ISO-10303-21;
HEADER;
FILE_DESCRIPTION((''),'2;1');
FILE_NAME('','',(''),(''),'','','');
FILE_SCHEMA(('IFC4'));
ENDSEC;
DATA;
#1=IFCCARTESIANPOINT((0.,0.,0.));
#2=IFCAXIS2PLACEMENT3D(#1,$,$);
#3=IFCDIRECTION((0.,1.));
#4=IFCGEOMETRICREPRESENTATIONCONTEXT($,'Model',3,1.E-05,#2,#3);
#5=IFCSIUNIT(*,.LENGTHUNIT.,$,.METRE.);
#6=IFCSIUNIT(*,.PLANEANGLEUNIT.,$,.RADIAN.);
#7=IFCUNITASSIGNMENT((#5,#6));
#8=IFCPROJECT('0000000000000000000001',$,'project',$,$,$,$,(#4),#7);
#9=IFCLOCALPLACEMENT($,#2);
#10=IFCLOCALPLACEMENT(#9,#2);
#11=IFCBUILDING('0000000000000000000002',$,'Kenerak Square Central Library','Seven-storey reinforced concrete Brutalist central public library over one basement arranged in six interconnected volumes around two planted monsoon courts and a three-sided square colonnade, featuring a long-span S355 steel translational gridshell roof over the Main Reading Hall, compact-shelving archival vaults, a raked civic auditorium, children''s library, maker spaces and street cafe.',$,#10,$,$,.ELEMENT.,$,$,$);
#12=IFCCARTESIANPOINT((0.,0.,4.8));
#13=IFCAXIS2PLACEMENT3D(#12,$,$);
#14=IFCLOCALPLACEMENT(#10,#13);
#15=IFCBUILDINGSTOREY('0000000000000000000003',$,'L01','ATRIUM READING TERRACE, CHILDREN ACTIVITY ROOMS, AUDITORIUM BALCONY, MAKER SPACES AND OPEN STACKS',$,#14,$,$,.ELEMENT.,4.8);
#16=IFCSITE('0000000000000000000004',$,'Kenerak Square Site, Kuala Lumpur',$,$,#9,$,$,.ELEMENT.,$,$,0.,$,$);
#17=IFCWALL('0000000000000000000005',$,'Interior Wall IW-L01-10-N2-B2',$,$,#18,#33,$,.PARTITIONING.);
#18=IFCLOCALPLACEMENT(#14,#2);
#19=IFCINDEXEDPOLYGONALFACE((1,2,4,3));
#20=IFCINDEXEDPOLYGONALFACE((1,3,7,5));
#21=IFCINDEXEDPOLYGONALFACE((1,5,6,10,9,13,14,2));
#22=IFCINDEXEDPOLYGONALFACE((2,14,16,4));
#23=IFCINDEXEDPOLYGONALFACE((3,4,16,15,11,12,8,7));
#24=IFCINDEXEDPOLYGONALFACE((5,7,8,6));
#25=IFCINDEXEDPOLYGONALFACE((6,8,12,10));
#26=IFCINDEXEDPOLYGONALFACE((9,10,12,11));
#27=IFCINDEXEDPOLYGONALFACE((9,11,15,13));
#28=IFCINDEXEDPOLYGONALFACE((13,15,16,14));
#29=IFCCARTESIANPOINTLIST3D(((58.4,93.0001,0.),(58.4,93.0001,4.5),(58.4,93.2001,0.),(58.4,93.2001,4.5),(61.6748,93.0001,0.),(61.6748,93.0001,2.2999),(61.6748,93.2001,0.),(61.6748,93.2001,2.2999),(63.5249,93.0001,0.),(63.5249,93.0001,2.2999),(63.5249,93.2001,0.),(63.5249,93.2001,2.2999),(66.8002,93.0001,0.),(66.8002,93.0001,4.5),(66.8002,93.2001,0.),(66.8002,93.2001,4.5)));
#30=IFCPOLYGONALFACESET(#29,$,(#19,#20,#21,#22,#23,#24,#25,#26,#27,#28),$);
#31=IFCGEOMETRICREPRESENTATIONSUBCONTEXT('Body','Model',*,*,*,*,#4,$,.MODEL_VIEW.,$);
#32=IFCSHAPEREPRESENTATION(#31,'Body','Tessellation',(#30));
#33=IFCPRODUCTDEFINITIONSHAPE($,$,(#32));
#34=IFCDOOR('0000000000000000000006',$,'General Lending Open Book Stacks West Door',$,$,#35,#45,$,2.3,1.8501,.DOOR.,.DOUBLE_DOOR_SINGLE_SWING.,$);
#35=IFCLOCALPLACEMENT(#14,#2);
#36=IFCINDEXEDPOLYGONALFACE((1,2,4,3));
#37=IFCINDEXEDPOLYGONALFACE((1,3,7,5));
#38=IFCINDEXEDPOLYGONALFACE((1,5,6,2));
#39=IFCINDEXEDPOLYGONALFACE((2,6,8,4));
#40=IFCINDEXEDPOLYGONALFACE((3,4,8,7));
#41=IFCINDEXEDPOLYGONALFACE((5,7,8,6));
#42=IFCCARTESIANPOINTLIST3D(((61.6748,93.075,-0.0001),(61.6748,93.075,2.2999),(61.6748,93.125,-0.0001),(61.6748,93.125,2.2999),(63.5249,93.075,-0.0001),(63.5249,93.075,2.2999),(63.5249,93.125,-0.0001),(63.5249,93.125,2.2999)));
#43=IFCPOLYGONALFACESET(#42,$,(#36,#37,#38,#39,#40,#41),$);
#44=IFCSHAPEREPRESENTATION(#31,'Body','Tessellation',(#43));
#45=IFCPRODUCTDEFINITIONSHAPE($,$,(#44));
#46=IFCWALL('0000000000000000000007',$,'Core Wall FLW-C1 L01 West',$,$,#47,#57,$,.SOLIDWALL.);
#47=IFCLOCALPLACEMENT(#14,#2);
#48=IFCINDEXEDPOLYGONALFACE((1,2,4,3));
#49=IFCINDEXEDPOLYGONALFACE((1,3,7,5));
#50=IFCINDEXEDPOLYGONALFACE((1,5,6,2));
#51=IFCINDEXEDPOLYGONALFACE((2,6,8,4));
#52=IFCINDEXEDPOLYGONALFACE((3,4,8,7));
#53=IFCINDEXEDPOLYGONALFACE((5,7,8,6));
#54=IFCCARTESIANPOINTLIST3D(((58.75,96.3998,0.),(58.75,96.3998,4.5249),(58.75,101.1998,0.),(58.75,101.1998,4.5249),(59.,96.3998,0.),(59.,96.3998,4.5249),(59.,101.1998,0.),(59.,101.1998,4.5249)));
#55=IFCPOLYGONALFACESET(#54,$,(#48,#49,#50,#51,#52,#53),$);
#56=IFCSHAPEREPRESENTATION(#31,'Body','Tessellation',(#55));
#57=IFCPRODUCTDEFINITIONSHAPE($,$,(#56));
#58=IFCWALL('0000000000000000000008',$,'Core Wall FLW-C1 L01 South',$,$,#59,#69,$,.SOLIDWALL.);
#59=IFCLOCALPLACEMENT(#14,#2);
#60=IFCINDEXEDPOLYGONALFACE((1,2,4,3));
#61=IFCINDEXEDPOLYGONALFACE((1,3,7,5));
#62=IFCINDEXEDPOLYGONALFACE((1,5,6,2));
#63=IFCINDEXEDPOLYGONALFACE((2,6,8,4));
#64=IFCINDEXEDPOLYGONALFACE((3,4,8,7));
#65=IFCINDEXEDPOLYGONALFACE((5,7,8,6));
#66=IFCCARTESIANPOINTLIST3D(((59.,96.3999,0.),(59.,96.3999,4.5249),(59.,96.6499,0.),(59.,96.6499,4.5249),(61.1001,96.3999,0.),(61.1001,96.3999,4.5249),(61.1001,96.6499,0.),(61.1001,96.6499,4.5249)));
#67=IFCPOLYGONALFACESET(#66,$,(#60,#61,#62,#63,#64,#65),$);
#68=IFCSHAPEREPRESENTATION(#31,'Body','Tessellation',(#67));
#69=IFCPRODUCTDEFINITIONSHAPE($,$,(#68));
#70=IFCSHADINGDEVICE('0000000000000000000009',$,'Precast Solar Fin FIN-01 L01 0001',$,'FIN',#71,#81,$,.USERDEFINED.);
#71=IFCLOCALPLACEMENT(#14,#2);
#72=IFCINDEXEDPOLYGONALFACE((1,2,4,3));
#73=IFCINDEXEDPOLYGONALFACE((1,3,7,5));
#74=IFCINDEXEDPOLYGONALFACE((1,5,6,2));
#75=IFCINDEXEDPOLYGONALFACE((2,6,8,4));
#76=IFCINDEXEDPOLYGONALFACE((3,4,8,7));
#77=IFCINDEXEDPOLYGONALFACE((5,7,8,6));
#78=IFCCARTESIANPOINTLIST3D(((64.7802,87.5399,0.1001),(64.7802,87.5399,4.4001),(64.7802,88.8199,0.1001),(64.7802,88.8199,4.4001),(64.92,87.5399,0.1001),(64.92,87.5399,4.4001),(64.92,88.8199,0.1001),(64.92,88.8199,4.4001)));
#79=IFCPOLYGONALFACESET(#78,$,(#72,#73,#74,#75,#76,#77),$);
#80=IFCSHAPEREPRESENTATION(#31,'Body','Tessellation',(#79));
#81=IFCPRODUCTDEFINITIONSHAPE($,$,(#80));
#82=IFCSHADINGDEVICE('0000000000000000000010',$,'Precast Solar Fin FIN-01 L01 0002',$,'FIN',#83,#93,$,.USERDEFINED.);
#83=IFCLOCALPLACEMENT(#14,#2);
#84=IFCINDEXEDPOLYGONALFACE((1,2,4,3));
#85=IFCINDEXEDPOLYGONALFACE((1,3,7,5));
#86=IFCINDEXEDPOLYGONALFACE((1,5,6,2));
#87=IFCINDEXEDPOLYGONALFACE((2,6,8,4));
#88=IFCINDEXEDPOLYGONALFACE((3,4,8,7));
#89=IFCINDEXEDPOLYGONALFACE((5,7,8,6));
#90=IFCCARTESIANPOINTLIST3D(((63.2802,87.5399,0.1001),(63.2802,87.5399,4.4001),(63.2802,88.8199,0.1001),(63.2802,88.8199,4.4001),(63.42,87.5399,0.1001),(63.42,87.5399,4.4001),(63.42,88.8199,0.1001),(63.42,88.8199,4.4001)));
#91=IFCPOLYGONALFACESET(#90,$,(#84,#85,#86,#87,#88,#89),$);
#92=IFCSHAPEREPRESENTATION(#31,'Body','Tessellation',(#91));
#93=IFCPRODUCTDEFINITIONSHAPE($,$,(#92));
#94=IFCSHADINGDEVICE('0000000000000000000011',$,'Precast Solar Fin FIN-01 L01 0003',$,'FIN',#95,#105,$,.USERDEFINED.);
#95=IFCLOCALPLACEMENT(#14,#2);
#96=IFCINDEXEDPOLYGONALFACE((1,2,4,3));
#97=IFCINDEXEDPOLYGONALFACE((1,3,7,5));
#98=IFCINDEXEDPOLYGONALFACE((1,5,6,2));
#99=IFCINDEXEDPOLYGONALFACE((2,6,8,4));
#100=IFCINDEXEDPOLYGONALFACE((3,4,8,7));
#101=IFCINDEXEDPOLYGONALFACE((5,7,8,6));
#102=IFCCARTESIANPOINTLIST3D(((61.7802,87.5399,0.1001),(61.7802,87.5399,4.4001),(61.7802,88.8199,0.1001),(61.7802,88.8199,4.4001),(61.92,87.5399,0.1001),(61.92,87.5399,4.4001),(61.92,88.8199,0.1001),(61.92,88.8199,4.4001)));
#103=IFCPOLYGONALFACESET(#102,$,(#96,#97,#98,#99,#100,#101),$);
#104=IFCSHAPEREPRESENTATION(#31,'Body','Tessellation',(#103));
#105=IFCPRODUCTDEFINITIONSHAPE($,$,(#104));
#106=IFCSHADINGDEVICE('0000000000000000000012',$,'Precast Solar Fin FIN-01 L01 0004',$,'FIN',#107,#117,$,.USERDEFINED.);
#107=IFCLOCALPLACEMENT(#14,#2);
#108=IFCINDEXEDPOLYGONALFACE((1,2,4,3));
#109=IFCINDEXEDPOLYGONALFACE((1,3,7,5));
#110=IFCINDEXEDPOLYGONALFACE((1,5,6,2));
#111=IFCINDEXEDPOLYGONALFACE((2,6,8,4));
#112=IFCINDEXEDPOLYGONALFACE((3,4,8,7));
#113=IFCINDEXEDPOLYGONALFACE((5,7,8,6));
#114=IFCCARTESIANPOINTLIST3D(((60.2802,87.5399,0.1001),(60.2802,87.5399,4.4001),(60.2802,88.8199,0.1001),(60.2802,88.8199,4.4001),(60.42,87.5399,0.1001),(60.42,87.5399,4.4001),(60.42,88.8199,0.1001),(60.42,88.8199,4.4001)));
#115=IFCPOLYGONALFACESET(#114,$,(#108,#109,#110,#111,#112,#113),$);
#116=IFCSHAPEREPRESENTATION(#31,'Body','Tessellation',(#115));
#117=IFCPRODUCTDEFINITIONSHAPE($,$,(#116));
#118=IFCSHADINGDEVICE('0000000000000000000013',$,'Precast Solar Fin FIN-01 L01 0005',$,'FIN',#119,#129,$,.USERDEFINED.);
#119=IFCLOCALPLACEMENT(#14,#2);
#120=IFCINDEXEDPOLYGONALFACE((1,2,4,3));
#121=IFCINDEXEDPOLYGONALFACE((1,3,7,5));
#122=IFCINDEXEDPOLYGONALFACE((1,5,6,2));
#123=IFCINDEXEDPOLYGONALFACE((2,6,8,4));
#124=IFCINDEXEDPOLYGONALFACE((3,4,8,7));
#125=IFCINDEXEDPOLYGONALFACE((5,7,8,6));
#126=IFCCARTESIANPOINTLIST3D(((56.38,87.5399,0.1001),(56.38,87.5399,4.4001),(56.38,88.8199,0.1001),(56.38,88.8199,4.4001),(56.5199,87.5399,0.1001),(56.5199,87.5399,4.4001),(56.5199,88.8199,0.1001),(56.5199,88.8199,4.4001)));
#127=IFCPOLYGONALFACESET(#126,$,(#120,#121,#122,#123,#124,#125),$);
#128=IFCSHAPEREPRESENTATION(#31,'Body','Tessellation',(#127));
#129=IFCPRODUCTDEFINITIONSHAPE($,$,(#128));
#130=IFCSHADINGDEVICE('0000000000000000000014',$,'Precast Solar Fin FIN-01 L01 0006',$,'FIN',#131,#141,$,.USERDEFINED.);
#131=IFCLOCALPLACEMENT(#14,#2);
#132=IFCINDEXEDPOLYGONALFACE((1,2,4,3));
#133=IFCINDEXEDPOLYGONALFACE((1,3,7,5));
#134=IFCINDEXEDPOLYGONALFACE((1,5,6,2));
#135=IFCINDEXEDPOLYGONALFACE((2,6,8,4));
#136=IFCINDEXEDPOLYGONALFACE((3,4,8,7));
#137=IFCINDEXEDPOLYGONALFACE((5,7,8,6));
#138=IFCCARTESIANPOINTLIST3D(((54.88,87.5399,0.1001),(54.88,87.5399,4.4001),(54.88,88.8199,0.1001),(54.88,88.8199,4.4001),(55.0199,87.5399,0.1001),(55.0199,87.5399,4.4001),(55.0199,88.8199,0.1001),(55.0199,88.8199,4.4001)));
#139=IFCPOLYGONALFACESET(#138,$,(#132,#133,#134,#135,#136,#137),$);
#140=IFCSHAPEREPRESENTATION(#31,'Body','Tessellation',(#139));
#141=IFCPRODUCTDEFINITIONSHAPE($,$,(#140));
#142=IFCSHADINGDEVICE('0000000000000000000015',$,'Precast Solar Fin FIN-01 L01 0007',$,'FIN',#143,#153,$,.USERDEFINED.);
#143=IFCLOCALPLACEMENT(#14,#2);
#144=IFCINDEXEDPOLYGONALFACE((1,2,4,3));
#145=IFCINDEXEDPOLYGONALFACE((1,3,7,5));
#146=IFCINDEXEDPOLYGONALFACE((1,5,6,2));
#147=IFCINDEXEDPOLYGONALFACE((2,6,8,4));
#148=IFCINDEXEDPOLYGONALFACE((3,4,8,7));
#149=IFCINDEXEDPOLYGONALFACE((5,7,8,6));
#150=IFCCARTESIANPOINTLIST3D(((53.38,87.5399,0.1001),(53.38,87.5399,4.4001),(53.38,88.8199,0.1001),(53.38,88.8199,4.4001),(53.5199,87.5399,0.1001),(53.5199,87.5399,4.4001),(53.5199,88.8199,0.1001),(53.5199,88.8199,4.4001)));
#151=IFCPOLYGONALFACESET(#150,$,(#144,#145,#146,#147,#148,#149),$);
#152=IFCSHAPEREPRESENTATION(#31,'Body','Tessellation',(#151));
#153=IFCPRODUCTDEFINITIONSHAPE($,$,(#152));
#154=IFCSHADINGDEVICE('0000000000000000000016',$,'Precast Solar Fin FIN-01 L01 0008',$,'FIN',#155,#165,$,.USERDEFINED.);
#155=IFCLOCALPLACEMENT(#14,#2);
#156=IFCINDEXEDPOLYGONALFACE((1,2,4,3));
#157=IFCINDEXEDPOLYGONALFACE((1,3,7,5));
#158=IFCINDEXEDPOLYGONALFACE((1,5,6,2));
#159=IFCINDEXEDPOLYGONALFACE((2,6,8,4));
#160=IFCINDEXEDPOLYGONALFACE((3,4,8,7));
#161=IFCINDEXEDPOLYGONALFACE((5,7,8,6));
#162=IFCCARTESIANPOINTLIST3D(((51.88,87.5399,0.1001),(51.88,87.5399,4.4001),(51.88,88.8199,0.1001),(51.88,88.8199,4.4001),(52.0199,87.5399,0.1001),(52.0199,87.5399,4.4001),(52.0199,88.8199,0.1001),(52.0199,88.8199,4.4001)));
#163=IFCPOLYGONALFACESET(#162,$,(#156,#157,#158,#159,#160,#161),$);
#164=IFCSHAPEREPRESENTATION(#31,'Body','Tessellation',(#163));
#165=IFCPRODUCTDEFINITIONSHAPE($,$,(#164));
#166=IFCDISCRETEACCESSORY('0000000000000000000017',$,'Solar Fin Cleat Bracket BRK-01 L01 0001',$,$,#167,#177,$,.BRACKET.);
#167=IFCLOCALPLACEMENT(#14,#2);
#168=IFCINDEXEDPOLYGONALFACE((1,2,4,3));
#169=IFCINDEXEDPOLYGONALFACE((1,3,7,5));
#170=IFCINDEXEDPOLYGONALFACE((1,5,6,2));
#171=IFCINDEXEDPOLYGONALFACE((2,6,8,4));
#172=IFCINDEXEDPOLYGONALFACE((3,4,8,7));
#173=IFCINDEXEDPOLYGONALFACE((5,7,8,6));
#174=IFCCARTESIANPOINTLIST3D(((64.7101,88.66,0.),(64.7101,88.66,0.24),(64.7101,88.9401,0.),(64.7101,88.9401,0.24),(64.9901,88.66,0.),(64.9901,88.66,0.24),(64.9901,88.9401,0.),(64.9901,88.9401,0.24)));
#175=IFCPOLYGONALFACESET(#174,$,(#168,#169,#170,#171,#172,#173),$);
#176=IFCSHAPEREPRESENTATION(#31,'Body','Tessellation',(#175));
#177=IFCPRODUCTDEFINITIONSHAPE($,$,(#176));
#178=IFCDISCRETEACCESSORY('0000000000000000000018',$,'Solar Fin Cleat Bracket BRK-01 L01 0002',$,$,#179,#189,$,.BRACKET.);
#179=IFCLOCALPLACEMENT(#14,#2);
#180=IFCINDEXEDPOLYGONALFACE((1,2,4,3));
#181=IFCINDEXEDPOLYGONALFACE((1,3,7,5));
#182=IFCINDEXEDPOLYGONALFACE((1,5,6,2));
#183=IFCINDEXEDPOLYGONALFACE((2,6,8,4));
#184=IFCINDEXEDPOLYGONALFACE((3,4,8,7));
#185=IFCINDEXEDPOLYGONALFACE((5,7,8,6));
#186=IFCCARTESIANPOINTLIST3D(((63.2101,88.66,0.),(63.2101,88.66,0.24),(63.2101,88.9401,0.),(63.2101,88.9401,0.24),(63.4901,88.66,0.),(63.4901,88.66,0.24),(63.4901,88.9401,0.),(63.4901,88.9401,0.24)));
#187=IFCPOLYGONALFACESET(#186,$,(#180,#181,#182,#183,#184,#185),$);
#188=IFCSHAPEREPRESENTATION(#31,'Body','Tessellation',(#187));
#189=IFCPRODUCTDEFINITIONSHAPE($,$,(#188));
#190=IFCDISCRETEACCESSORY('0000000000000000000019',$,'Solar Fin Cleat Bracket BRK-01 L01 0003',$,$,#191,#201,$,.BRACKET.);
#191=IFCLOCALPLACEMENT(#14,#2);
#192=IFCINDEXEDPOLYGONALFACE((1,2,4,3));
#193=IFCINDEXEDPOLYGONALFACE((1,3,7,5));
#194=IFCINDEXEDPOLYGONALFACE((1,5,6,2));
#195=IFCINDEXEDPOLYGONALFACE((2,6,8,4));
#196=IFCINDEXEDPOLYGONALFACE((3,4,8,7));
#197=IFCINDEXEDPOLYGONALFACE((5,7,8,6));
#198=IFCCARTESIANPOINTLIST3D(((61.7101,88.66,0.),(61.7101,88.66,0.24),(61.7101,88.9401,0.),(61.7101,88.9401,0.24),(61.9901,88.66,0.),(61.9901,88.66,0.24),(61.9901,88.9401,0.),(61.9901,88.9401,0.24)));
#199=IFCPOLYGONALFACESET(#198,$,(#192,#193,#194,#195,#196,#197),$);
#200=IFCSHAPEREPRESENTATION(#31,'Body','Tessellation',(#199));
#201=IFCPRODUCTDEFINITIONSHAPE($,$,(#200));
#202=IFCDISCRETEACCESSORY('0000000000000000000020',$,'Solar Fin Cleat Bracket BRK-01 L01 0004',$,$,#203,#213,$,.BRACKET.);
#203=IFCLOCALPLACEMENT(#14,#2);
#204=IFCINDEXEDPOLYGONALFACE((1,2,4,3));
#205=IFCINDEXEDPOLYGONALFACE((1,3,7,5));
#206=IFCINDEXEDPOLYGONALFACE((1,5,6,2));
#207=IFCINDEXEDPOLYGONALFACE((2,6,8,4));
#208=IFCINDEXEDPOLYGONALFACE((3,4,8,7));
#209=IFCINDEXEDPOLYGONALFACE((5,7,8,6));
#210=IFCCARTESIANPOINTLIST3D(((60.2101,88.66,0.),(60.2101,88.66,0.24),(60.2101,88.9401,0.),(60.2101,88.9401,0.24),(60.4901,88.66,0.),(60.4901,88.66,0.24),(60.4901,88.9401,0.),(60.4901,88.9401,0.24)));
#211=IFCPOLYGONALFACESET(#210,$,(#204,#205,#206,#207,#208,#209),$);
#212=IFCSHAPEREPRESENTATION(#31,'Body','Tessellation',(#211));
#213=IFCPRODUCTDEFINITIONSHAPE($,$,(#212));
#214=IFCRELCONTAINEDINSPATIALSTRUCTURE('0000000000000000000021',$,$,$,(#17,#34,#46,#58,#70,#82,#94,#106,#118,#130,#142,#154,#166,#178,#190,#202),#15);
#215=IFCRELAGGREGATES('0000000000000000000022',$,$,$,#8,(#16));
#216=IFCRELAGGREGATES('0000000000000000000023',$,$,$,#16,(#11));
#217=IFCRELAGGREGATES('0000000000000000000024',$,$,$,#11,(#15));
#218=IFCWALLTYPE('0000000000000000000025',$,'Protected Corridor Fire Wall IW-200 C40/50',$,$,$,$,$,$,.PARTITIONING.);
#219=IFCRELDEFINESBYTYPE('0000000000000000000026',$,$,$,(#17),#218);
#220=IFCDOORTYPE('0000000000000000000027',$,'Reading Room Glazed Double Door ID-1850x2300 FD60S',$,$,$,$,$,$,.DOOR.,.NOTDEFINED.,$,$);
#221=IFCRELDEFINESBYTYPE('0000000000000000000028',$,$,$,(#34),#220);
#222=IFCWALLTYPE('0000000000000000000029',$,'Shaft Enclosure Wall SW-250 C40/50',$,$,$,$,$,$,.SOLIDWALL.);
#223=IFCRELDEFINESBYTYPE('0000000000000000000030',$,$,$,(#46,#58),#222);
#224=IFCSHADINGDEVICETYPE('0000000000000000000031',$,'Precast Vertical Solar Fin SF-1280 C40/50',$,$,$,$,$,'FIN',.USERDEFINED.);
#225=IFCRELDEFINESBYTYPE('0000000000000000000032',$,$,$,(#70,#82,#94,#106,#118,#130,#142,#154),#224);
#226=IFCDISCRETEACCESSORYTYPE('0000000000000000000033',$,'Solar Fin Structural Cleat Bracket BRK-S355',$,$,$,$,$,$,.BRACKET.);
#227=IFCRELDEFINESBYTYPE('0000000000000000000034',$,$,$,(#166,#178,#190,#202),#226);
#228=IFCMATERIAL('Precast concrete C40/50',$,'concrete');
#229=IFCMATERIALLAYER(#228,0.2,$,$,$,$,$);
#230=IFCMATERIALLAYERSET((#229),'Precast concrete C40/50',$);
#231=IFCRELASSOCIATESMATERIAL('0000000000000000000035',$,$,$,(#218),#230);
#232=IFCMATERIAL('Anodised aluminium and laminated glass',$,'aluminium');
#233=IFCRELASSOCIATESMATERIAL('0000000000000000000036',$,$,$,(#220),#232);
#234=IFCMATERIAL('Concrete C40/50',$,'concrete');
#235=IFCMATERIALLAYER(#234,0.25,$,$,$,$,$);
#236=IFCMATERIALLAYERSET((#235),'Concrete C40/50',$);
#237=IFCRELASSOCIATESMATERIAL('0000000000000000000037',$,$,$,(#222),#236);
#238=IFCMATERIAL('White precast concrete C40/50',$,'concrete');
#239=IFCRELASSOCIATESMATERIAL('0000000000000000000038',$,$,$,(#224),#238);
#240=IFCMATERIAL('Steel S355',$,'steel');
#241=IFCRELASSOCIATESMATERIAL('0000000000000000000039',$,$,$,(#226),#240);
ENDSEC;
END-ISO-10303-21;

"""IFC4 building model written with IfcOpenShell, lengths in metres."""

from ifc_helpers import new_model, si_unit, direction, frame, frame_2d, origin, origin_2d, place, context, subcontext, project, spatial, rectangle, extrude, material, layer, layer_set, type_object, element, fill, save


model = new_model("IFC4")

# Units and contexts
model_context = context("Model", 3, precision=1e-05, world=origin(), true_north=direction((0.0, 1.0)))
body_context = subcontext(model_context, "Body", "Model", "MODEL_VIEW")
ifc_project = project(units=[si_unit("LENGTHUNIT", "METRE"), si_unit("PLANEANGLEUNIT", "RADIAN")], contexts=[model_context])

# Site, building, storey
site_placement = place(None, origin())
site = spatial("IfcSite", under=ifc_project, at=site_placement, Name="Kenerak Square Site, Kuala Lumpur", CompositionType="ELEMENT", RefElevation=0.0)
building_placement = place(site_placement, origin())
building = spatial("IfcBuilding", under=site, at=building_placement, Name="Kenerak Square Central Library", Description="Seven-storey reinforced concrete Brutalist central public library over one basement arranged in six interconnected volumes around two planted monsoon courts and a three-sided square colonnade, featuring a long-span S355 steel translational gridshell roof over the Main Reading Hall, compact-shelving archival vaults, a raked civic auditorium, children's library, maker spaces and street cafe.", CompositionType="ELEMENT")
storey_placement = place(building_placement, frame((0.0, 0.0, 4.8)))
storey = spatial("IfcBuildingStorey", under=building, at=storey_placement, Name="L01", Description="ATRIUM READING TERRACE, CHILDREN ACTIVITY ROOMS, AUDITORIUM BALCONY, MAKER SPACES AND OPEN STACKS", CompositionType="ELEMENT", Elevation=4.8)

# Shared definitions
ifc_material_1 = material(Name="Concrete C40/50", Category="concrete")

# Wall, opening, door
ifc_material_2 = material(Name="Precast concrete C40/50", Category="concrete")
ifc_layer_1 = layer(ifc_material_2, 0.2)
ifc_layer_set_1 = layer_set([ifc_layer_1], Name="Precast concrete C40/50")
wall_type_1 = type_object("IfcWallType", Name="Protected Corridor Fire Wall IW-200 C40/50", PredefinedType="PARTITIONING", material=ifc_layer_set_1)
wall_1_placement = place(storey_placement, frame((58.3999, 93.1001, 0.0), z_axis=(0.0, 0.0, 1.0), x_axis=(1.0, 0.0, 0.0)))
wall_1 = element("IfcWall", 1, at=wall_1_placement, inside=storey, type_object=wall_type_1, Name="Interior Wall IW-L01-10-N2-B2", PredefinedType="PARTITIONING", context=body_context, shape_type="SweptSolid", body=[
    extrude(rectangle(XDim=8.4001, YDim=0.2, at=frame_2d((4.2002, 0.0))), origin(), (0.0, 0.0, 1.0), 4.5),
])
opening_1_placement = place(wall_1_placement, frame((3.2749, 0.0, 0.0)))
opening_1 = element("IfcOpeningElement", 2, at=opening_1_placement, cuts=wall_1, PredefinedType="OPENING", context=body_context, shape_type="SweptSolid", body=[
    extrude(rectangle(XDim=1.8501, YDim=2.3, at=frame_2d((0.925, 1.1499))), frame((0.0, 0.1099, 0.0), z_axis=(0.0, -1.0, 0.0), x_axis=(1.0, 0.0, 0.0)), (0.0, 0.0, 1.0), 0.22),
])
ifc_material_3 = material(Name="Anodised aluminium and laminated glass", Category="aluminium")
door_type = type_object("IfcDoorType", Name="Reading Room Glazed Double Door ID-1850x2300 FD60S", OperationType="NOTDEFINED", PredefinedType="DOOR", material=ifc_material_3)
door_placement = place(opening_1_placement, origin())
door = element("IfcDoor", 3, at=door_placement, inside=storey, type_object=door_type, Name="General Lending Open Book Stacks West Door", OperationType="DOUBLE_DOOR_SINGLE_SWING", OverallHeight=2.3, OverallWidth=1.8501, PredefinedType="DOOR", context=body_context, shape_type="SweptSolid", body=[
    extrude(rectangle(XDim=1.8501, YDim=2.3, at=frame_2d((0.925, 1.1499))), frame((0.0, 0.0249, 0.0), z_axis=(0.0, -1.0, 0.0), x_axis=(1.0, 0.0, 0.0)), (0.0, 0.0, 1.0), 0.05),
])
fill(opening_1, door)

# Walls
ifc_layer_2 = layer(ifc_material_1, 0.25)
ifc_layer_set_2 = layer_set([ifc_layer_2], Name="Concrete C40/50")
wall_type_2 = type_object("IfcWallType", Name="Shaft Enclosure Wall SW-250 C40/50", PredefinedType="SOLIDWALL", material=ifc_layer_set_2)
wall_2_placement = place(storey_placement, frame((58.875, 96.3999, 0.0), z_axis=(0.0, 0.0, 1.0), x_axis=(0.0, 1.0, 0.0)))
element("IfcWall", 4, at=wall_2_placement, inside=storey, type_object=wall_type_2, Name="Core Wall FLW-C1 L01 West", PredefinedType="SOLIDWALL", context=body_context, shape_type="SweptSolid", body=[
    extrude(rectangle(XDim=4.8, YDim=0.25, at=frame_2d((2.3999, 0.0))), origin(), (0.0, 0.0, 1.0), 4.5249),
])
wall_3_placement = place(storey_placement, frame((61.1001, 96.5249, 0.0), z_axis=(0.0, 0.0, 1.0), x_axis=(-1.0, 0.0, 0.0)))
element("IfcWall", 5, at=wall_3_placement, inside=storey, type_object=wall_type_2, Name="Core Wall FLW-C1 L01 South", PredefinedType="SOLIDWALL", context=body_context, shape_type="SweptSolid", body=[
    extrude(rectangle(XDim=2.1001, YDim=0.25, at=frame_2d((1.05, 0.0))), origin(), (0.0, 0.0, 1.0), 4.5249),
])

# Shading devices
ifc_material_4 = material(Name="White precast concrete C40/50", Category="concrete")
shading_device_type = type_object("IfcShadingDeviceType", Name="Precast Vertical Solar Fin SF-1280 C40/50", ElementType="FIN", PredefinedType="USERDEFINED", material=ifc_material_4)
for number, where, z_axis, x_axis, name in (
    (6, (64.8501, 88.1799, 0.1001), (0.0, 0.0, 1.0), (-1.0, 0.0, 0.0), "Precast Solar Fin FIN-01 L01 0001"),
    (7, (63.3501, 88.1799, 0.1001), (0.0, 0.0, 1.0), (-1.0, 0.0, 0.0), "Precast Solar Fin FIN-01 L01 0002"),
    (8, (61.8501, 88.1799, 0.1001), (0.0, 0.0, 1.0), (-1.0, 0.0, 0.0), "Precast Solar Fin FIN-01 L01 0003"),
    (9, (60.3501, 88.1799, 0.1001), (0.0, 0.0, 1.0), (-1.0, 0.0, 0.0), "Precast Solar Fin FIN-01 L01 0004"),
    (10, (56.45, 88.1799, 0.1001), (0.0, 0.0, 1.0), (-1.0, 0.0, 0.0), "Precast Solar Fin FIN-01 L01 0005"),
    (11, (54.95, 88.1799, 0.1001), (0.0, 0.0, 1.0), (-1.0, 0.0, 0.0), "Precast Solar Fin FIN-01 L01 0006"),
    (12, (53.45, 88.1799, 0.1001), (0.0, 0.0, 1.0), (-1.0, 0.0, 0.0), "Precast Solar Fin FIN-01 L01 0007"),
    (13, (51.95, 88.1799, 0.1001), (0.0, 0.0, 1.0), (-1.0, 0.0, 0.0), "Precast Solar Fin FIN-01 L01 0008"),
):
    element("IfcShadingDevice", number, at=place(storey_placement, frame(where, z_axis=z_axis, x_axis=x_axis)), inside=storey, type_object=shading_device_type, Name=name, ObjectType="FIN", PredefinedType="USERDEFINED", context=body_context, shape_type="SweptSolid", body=[
        extrude(rectangle(XDim=0.1399, YDim=1.28, at=origin_2d()), origin(), (0.0, 0.0, 1.0), 4.3),
    ])

# Discrete accessories
ifc_material_5 = material(Name="Steel S355", Category="steel")
discrete_accessory_type = type_object("IfcDiscreteAccessoryType", Name="Solar Fin Structural Cleat Bracket BRK-S355", PredefinedType="BRACKET", material=ifc_material_5)
for number, where, z_axis, x_axis, name in (
    (14, (64.8501, 88.8, 0.0), (0.0, 0.0, 1.0), (-1.0, 0.0, 0.0), "Solar Fin Cleat Bracket BRK-01 L01 0001"),
    (15, (63.3501, 88.8, 0.0), (0.0, 0.0, 1.0), (-1.0, 0.0, 0.0), "Solar Fin Cleat Bracket BRK-01 L01 0002"),
    (16, (61.8501, 88.8, 0.0), (0.0, 0.0, 1.0), (-1.0, 0.0, 0.0), "Solar Fin Cleat Bracket BRK-01 L01 0003"),
    (17, (60.3501, 88.8, 0.0), (0.0, 0.0, 1.0), (-1.0, 0.0, 0.0), "Solar Fin Cleat Bracket BRK-01 L01 0004"),
):
    element("IfcDiscreteAccessory", number, at=place(storey_placement, frame(where, z_axis=z_axis, x_axis=x_axis)), inside=storey, type_object=discrete_accessory_type, Name=name, PredefinedType="BRACKET", context=body_context, shape_type="SweptSolid", body=[
        extrude(rectangle(XDim=0.28, YDim=0.28, at=origin_2d()), origin(), (0.0, 0.0, 1.0), 0.24),
    ])

save(model, "model.ifc")
